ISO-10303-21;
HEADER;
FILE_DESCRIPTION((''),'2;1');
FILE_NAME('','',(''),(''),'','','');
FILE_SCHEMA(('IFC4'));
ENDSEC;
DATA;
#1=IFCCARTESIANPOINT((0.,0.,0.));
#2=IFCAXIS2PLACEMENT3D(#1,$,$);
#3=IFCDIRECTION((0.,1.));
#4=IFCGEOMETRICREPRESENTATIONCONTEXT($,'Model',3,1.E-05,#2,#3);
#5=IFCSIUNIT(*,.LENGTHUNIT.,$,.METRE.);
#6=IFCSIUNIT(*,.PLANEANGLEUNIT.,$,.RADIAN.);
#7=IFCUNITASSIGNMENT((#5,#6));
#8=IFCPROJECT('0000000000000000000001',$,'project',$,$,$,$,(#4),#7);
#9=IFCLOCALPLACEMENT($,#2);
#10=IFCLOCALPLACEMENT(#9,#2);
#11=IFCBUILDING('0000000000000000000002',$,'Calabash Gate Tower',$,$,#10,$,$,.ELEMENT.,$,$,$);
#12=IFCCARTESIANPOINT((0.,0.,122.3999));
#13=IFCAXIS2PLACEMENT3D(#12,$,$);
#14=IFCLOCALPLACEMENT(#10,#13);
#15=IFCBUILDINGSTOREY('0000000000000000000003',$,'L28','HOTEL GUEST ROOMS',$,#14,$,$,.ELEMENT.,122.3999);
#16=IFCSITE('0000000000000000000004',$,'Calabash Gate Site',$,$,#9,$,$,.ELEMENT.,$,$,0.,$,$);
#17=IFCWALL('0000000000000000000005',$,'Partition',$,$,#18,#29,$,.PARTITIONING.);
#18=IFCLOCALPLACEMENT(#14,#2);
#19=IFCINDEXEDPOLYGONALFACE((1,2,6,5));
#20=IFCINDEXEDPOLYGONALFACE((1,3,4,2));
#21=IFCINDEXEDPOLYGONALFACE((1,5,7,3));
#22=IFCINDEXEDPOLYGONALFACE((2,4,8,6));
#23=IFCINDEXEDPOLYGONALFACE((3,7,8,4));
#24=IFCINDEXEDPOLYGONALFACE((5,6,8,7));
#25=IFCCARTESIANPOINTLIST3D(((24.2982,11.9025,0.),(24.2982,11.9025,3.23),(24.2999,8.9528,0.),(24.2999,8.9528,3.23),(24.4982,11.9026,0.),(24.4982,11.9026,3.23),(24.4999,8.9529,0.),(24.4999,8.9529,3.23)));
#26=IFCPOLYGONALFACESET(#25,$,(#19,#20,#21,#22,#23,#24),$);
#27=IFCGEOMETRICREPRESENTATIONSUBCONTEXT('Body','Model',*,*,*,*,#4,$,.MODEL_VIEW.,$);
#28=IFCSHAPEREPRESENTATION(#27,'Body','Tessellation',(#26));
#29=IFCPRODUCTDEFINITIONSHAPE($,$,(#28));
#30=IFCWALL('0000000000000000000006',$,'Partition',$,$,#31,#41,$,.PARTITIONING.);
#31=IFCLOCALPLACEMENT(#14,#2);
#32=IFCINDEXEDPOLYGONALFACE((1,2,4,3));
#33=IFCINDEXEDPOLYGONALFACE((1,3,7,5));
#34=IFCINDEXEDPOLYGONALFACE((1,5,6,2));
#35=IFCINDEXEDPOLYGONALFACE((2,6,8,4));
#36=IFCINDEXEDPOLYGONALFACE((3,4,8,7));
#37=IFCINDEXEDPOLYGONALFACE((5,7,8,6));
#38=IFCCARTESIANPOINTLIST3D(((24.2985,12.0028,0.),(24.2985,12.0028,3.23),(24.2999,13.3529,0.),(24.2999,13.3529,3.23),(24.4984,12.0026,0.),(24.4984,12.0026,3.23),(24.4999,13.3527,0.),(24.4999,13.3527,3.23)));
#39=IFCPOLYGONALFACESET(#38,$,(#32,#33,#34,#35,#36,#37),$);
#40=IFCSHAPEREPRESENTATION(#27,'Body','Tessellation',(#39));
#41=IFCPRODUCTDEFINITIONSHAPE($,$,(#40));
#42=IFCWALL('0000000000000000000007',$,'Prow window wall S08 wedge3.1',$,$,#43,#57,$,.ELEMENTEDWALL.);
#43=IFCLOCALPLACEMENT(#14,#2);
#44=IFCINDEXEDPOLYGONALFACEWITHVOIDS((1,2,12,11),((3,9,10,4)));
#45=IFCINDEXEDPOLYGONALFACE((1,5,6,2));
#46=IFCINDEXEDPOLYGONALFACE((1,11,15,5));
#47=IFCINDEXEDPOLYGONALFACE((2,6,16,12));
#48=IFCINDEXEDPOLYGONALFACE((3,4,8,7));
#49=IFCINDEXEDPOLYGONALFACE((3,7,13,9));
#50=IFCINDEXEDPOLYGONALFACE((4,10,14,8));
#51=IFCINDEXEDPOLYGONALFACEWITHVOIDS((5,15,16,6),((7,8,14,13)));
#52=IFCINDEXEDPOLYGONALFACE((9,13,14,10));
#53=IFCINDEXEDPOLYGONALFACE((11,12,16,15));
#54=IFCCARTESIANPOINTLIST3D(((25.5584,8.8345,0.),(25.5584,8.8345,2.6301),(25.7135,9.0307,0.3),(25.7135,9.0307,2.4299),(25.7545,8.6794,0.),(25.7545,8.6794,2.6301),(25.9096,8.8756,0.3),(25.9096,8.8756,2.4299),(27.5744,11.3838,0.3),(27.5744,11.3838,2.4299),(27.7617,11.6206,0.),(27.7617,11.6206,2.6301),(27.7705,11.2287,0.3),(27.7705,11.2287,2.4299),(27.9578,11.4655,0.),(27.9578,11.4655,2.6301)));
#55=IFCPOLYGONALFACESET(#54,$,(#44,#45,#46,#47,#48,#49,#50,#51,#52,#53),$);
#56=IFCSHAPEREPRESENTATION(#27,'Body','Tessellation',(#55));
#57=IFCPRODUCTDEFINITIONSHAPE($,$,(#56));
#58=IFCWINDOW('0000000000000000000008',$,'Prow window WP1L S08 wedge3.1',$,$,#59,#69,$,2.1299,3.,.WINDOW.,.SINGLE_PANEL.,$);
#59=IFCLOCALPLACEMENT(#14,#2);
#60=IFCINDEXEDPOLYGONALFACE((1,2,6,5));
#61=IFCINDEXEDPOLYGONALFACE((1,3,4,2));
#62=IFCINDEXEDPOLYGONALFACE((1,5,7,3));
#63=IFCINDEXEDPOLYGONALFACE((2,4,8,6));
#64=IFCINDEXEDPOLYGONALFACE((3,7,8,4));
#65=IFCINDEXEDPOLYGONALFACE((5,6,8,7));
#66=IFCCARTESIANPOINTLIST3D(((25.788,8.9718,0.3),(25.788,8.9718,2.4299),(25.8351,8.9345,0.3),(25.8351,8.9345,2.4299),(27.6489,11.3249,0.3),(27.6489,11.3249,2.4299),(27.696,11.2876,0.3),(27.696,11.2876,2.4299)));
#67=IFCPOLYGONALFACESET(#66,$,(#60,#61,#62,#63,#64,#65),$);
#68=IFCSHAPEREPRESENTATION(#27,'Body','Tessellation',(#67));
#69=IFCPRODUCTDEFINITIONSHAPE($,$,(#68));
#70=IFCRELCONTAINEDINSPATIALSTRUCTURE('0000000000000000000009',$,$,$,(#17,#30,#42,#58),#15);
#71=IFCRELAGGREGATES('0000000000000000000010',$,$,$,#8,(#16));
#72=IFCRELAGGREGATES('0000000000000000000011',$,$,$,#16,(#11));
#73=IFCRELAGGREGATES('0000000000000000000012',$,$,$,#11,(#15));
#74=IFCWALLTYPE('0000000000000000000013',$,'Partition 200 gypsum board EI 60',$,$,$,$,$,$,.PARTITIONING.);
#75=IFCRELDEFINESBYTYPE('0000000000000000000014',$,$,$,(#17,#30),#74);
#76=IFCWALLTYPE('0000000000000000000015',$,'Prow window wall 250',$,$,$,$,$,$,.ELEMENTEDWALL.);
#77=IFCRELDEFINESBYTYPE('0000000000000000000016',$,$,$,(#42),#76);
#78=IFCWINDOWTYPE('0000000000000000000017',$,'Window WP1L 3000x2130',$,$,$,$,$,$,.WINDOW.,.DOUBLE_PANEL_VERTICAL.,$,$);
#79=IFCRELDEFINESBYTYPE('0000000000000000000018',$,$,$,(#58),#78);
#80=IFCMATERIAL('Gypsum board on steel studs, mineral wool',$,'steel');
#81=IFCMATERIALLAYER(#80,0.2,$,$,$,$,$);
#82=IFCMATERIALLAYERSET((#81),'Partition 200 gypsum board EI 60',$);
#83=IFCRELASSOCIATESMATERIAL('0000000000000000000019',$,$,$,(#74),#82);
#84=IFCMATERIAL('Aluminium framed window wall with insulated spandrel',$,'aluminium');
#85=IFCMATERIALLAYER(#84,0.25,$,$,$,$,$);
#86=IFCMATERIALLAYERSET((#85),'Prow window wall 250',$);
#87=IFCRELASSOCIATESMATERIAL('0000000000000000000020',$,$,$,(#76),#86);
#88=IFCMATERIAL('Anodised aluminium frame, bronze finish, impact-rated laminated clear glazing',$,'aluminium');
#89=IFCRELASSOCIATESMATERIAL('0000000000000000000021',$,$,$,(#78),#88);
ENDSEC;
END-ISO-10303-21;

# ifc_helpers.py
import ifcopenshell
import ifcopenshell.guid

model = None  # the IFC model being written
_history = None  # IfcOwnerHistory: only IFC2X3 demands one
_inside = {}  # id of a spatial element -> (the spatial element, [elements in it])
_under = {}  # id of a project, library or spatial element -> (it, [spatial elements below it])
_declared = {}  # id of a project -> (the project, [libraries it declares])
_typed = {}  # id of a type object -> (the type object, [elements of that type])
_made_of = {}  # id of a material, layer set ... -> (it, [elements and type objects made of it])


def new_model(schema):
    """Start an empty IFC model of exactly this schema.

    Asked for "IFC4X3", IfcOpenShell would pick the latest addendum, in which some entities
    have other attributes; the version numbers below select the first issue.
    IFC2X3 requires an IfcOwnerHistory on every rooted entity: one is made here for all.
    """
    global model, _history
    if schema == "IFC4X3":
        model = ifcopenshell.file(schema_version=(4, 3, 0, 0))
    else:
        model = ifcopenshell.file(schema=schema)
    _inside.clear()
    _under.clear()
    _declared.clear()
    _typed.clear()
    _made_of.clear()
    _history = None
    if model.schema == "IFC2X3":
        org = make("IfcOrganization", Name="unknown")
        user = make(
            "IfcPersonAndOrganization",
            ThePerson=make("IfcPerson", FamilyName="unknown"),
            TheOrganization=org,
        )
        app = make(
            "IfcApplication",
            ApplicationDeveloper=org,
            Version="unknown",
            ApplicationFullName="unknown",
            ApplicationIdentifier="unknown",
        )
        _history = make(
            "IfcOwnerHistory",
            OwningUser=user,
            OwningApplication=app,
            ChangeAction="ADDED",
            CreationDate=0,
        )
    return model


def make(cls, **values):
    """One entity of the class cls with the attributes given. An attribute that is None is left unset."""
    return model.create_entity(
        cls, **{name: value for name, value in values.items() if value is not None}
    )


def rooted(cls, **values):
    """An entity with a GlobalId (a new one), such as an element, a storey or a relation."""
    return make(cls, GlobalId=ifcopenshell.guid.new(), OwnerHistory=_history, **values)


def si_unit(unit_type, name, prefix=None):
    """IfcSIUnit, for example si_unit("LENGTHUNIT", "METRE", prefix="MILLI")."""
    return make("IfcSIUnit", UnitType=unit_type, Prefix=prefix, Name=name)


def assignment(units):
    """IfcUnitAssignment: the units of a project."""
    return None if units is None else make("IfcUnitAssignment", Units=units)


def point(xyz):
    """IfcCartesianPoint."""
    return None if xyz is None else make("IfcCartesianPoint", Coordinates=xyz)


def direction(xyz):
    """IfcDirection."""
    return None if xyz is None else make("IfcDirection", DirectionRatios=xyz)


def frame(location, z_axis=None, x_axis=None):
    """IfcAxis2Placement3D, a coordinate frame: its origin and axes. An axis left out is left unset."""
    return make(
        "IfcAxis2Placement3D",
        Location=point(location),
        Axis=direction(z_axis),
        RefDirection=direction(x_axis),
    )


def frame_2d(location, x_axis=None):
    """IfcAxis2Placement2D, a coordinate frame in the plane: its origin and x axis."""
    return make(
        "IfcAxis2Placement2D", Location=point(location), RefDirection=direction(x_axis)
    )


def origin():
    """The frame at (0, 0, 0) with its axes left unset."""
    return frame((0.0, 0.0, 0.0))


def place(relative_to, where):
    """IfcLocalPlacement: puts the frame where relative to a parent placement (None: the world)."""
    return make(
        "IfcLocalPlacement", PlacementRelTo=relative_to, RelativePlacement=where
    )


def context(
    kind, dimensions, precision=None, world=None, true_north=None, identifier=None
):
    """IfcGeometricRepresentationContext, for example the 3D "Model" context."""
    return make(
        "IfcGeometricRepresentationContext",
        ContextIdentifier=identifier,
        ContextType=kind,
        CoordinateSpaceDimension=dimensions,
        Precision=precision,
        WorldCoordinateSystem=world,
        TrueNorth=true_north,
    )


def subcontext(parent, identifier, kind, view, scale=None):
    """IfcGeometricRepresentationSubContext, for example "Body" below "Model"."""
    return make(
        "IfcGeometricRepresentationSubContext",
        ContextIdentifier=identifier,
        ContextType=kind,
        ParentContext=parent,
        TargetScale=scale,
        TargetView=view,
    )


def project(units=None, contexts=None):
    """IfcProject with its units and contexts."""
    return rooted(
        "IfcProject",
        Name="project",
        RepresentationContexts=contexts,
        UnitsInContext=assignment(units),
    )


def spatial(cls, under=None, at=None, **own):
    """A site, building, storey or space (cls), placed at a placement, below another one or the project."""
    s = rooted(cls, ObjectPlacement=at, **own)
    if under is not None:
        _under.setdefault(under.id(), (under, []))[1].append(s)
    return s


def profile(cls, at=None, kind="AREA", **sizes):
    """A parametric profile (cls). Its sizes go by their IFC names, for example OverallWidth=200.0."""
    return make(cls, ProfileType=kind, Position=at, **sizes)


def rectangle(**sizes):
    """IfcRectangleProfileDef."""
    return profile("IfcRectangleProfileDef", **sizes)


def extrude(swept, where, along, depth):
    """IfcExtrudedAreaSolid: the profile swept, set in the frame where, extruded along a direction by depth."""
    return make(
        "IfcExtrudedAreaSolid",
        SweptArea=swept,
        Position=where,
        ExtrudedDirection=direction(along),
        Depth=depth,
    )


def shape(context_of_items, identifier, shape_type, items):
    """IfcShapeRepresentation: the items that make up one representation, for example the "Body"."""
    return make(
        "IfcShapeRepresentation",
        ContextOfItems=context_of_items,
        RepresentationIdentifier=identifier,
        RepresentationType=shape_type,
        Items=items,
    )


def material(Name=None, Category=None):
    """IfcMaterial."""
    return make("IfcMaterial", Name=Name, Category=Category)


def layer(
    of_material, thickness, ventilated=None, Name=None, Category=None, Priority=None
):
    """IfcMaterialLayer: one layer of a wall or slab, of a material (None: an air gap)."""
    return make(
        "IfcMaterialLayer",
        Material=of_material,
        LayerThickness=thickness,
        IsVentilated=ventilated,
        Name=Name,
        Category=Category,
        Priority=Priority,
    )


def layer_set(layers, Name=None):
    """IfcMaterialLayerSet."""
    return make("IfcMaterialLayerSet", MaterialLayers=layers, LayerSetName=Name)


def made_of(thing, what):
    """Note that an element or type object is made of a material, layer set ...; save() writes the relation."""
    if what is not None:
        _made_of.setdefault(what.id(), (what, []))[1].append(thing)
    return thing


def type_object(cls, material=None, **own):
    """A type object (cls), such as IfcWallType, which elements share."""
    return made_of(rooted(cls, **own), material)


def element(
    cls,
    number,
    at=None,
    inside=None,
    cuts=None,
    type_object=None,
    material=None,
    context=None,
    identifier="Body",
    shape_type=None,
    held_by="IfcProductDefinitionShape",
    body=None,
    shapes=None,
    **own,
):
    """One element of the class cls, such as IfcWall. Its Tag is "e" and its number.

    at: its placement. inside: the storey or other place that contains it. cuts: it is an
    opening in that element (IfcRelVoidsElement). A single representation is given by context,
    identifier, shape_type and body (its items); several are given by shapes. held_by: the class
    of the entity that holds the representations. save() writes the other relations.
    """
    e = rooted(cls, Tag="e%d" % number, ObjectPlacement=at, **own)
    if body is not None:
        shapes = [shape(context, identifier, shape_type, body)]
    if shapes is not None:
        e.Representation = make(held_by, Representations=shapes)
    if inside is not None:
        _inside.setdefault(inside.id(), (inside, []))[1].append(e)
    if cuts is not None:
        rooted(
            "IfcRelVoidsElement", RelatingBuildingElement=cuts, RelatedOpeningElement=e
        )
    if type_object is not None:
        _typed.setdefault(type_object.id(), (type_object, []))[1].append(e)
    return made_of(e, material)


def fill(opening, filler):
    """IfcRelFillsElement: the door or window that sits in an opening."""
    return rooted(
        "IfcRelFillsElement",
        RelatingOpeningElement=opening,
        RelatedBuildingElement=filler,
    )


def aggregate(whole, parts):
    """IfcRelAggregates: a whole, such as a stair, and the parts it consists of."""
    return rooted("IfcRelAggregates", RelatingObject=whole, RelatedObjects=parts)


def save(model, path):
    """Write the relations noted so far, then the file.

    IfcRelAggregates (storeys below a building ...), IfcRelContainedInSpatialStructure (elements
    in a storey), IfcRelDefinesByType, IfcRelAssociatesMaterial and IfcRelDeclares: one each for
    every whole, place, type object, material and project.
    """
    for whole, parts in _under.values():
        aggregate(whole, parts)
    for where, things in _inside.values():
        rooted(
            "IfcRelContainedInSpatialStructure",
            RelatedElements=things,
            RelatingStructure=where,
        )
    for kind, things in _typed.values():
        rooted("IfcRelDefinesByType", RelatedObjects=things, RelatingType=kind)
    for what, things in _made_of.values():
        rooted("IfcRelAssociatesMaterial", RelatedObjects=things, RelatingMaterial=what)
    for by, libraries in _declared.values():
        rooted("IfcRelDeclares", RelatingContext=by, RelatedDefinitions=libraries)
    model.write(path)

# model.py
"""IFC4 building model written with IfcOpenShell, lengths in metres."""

from ifc_helpers import new_model, si_unit, direction, frame, frame_2d, origin, place, context, subcontext, project, spatial, rectangle, extrude, material, layer, layer_set, type_object, element, fill, save


model = new_model("IFC4")

# Units and contexts
model_context = context("Model", 3, precision=1e-05, world=origin(), true_north=direction((0.0, 1.0)))
body_context = subcontext(model_context, "Body", "Model", "MODEL_VIEW")
ifc_project = project(units=[si_unit("LENGTHUNIT", "METRE"), si_unit("PLANEANGLEUNIT", "RADIAN")], contexts=[model_context])

# Site, building, storey
site_placement = place(None, origin())
site = spatial("IfcSite", under=ifc_project, at=site_placement, Name="Calabash Gate Site", CompositionType="ELEMENT", RefElevation=0.0)
building_placement = place(site_placement, origin())
building = spatial("IfcBuilding", under=site, at=building_placement, Name="Calabash Gate Tower", CompositionType="ELEMENT")
storey_placement = place(building_placement, frame((0.0, 0.0, 122.3999)))
storey = spatial("IfcBuildingStorey", under=building, at=storey_placement, Name="L28", Description="HOTEL GUEST ROOMS", CompositionType="ELEMENT", Elevation=122.3999)

# Walls
ifc_material_1 = material(Name="Gypsum board on steel studs, mineral wool", Category="steel")
ifc_layer_1 = layer(ifc_material_1, 0.2)
ifc_layer_set_1 = layer_set([ifc_layer_1], Name="Partition 200 gypsum board EI 60")
wall_type_1 = type_object("IfcWallType", Name="Partition 200 gypsum board EI 60", PredefinedType="PARTITIONING", material=ifc_layer_set_1)
wall_1_placement = place(storey_placement, frame((24.3982, 11.9026, 0.0), z_axis=(0.0, 0.0, 1.0), x_axis=(0.000579, -1.0, 0.0)))
element("IfcWall", 1, at=wall_1_placement, inside=storey, type_object=wall_type_1, Name="Partition", PredefinedType="PARTITIONING", context=body_context, shape_type="SweptSolid", body=[
    extrude(rectangle(XDim=2.9497, YDim=0.2, at=frame_2d((1.4749, 0.0))), origin(), (0.0, 0.0, 1.0), 3.23),
])
wall_2_placement = place(storey_placement, frame((24.3984, 12.0027, 0.0), z_axis=(0.0, 0.0, 1.0), x_axis=(0.001085, 0.999999, 0.0)))
element("IfcWall", 2, at=wall_2_placement, inside=storey, type_object=wall_type_1, Name="Partition", PredefinedType="PARTITIONING", context=body_context, shape_type="SweptSolid", body=[
    extrude(rectangle(XDim=1.3501, YDim=0.2, at=frame_2d((0.675, 0.0))), origin(), (0.0, 0.0, 1.0), 3.23),
])

# Wall, opening, window
ifc_material_2 = material(Name="Aluminium framed window wall with insulated spandrel", Category="aluminium")
ifc_layer_2 = layer(ifc_material_2, 0.25)
ifc_layer_set_2 = layer_set([ifc_layer_2], Name="Prow window wall 250")
wall_type_2 = type_object("IfcWallType", Name="Prow window wall 250", PredefinedType="ELEMENTEDWALL", material=ifc_layer_set_2)
wall_3_placement = place(storey_placement, frame((25.6565, 8.7571, 0.0), z_axis=(0.0, 0.0, 1.0), x_axis=(0.620301, 0.784363, 0.0)))
wall_3 = element("IfcWall", 3, at=wall_3_placement, inside=storey, type_object=wall_type_2, Name="Prow window wall S08 wedge3.1", PredefinedType="ELEMENTEDWALL", context=body_context, shape_type="SweptSolid", body=[
    extrude(rectangle(XDim=3.552, YDim=0.25, at=frame_2d((1.7759, 0.0))), origin(), (0.0, 0.0, 1.0), 2.6301),
])
opening_placement = place(wall_3_placement, frame((0.25, 0.0, 0.3)))
opening = element("IfcOpeningElement", 4, at=opening_placement, cuts=wall_3, PredefinedType="OPENING", context=body_context, shape_type="SweptSolid", body=[
    extrude(rectangle(XDim=3.0, YDim=2.1299, at=frame_2d((1.5, 1.0649))), frame((0.0, 0.135, 0.0), z_axis=(0.0, -1.0, 0.0), x_axis=(1.0, 0.0, 0.0)), (0.0, 0.0, 1.0), 0.27),
])
ifc_material_3 = material(Name="Anodised aluminium frame, bronze finish, impact-rated laminated clear glazing", Category="aluminium")
window_type = type_object("IfcWindowType", Name="Window WP1L 3000x2130", PartitioningType="DOUBLE_PANEL_VERTICAL", PredefinedType="WINDOW", material=ifc_material_3)
window_placement = place(opening_placement, origin())
window = element("IfcWindow", 5, at=window_placement, inside=storey, type_object=window_type, Name="Prow window WP1L S08 wedge3.1", OverallHeight=2.1299, OverallWidth=3.0, PartitioningType="SINGLE_PANEL", PredefinedType="WINDOW", context=body_context, shape_type="SweptSolid", body=[
    extrude(rectangle(XDim=3.0, YDim=2.1299, at=frame_2d((1.5, 1.0649))), frame((0.0, 0.03, 0.0), z_axis=(0.0, -1.0, 0.0), x_axis=(1.0, 0.0, 0.0)), (0.0, 0.0, 1.0), 0.0601),
])
fill(opening, window)

save(model, "model.ifc")
